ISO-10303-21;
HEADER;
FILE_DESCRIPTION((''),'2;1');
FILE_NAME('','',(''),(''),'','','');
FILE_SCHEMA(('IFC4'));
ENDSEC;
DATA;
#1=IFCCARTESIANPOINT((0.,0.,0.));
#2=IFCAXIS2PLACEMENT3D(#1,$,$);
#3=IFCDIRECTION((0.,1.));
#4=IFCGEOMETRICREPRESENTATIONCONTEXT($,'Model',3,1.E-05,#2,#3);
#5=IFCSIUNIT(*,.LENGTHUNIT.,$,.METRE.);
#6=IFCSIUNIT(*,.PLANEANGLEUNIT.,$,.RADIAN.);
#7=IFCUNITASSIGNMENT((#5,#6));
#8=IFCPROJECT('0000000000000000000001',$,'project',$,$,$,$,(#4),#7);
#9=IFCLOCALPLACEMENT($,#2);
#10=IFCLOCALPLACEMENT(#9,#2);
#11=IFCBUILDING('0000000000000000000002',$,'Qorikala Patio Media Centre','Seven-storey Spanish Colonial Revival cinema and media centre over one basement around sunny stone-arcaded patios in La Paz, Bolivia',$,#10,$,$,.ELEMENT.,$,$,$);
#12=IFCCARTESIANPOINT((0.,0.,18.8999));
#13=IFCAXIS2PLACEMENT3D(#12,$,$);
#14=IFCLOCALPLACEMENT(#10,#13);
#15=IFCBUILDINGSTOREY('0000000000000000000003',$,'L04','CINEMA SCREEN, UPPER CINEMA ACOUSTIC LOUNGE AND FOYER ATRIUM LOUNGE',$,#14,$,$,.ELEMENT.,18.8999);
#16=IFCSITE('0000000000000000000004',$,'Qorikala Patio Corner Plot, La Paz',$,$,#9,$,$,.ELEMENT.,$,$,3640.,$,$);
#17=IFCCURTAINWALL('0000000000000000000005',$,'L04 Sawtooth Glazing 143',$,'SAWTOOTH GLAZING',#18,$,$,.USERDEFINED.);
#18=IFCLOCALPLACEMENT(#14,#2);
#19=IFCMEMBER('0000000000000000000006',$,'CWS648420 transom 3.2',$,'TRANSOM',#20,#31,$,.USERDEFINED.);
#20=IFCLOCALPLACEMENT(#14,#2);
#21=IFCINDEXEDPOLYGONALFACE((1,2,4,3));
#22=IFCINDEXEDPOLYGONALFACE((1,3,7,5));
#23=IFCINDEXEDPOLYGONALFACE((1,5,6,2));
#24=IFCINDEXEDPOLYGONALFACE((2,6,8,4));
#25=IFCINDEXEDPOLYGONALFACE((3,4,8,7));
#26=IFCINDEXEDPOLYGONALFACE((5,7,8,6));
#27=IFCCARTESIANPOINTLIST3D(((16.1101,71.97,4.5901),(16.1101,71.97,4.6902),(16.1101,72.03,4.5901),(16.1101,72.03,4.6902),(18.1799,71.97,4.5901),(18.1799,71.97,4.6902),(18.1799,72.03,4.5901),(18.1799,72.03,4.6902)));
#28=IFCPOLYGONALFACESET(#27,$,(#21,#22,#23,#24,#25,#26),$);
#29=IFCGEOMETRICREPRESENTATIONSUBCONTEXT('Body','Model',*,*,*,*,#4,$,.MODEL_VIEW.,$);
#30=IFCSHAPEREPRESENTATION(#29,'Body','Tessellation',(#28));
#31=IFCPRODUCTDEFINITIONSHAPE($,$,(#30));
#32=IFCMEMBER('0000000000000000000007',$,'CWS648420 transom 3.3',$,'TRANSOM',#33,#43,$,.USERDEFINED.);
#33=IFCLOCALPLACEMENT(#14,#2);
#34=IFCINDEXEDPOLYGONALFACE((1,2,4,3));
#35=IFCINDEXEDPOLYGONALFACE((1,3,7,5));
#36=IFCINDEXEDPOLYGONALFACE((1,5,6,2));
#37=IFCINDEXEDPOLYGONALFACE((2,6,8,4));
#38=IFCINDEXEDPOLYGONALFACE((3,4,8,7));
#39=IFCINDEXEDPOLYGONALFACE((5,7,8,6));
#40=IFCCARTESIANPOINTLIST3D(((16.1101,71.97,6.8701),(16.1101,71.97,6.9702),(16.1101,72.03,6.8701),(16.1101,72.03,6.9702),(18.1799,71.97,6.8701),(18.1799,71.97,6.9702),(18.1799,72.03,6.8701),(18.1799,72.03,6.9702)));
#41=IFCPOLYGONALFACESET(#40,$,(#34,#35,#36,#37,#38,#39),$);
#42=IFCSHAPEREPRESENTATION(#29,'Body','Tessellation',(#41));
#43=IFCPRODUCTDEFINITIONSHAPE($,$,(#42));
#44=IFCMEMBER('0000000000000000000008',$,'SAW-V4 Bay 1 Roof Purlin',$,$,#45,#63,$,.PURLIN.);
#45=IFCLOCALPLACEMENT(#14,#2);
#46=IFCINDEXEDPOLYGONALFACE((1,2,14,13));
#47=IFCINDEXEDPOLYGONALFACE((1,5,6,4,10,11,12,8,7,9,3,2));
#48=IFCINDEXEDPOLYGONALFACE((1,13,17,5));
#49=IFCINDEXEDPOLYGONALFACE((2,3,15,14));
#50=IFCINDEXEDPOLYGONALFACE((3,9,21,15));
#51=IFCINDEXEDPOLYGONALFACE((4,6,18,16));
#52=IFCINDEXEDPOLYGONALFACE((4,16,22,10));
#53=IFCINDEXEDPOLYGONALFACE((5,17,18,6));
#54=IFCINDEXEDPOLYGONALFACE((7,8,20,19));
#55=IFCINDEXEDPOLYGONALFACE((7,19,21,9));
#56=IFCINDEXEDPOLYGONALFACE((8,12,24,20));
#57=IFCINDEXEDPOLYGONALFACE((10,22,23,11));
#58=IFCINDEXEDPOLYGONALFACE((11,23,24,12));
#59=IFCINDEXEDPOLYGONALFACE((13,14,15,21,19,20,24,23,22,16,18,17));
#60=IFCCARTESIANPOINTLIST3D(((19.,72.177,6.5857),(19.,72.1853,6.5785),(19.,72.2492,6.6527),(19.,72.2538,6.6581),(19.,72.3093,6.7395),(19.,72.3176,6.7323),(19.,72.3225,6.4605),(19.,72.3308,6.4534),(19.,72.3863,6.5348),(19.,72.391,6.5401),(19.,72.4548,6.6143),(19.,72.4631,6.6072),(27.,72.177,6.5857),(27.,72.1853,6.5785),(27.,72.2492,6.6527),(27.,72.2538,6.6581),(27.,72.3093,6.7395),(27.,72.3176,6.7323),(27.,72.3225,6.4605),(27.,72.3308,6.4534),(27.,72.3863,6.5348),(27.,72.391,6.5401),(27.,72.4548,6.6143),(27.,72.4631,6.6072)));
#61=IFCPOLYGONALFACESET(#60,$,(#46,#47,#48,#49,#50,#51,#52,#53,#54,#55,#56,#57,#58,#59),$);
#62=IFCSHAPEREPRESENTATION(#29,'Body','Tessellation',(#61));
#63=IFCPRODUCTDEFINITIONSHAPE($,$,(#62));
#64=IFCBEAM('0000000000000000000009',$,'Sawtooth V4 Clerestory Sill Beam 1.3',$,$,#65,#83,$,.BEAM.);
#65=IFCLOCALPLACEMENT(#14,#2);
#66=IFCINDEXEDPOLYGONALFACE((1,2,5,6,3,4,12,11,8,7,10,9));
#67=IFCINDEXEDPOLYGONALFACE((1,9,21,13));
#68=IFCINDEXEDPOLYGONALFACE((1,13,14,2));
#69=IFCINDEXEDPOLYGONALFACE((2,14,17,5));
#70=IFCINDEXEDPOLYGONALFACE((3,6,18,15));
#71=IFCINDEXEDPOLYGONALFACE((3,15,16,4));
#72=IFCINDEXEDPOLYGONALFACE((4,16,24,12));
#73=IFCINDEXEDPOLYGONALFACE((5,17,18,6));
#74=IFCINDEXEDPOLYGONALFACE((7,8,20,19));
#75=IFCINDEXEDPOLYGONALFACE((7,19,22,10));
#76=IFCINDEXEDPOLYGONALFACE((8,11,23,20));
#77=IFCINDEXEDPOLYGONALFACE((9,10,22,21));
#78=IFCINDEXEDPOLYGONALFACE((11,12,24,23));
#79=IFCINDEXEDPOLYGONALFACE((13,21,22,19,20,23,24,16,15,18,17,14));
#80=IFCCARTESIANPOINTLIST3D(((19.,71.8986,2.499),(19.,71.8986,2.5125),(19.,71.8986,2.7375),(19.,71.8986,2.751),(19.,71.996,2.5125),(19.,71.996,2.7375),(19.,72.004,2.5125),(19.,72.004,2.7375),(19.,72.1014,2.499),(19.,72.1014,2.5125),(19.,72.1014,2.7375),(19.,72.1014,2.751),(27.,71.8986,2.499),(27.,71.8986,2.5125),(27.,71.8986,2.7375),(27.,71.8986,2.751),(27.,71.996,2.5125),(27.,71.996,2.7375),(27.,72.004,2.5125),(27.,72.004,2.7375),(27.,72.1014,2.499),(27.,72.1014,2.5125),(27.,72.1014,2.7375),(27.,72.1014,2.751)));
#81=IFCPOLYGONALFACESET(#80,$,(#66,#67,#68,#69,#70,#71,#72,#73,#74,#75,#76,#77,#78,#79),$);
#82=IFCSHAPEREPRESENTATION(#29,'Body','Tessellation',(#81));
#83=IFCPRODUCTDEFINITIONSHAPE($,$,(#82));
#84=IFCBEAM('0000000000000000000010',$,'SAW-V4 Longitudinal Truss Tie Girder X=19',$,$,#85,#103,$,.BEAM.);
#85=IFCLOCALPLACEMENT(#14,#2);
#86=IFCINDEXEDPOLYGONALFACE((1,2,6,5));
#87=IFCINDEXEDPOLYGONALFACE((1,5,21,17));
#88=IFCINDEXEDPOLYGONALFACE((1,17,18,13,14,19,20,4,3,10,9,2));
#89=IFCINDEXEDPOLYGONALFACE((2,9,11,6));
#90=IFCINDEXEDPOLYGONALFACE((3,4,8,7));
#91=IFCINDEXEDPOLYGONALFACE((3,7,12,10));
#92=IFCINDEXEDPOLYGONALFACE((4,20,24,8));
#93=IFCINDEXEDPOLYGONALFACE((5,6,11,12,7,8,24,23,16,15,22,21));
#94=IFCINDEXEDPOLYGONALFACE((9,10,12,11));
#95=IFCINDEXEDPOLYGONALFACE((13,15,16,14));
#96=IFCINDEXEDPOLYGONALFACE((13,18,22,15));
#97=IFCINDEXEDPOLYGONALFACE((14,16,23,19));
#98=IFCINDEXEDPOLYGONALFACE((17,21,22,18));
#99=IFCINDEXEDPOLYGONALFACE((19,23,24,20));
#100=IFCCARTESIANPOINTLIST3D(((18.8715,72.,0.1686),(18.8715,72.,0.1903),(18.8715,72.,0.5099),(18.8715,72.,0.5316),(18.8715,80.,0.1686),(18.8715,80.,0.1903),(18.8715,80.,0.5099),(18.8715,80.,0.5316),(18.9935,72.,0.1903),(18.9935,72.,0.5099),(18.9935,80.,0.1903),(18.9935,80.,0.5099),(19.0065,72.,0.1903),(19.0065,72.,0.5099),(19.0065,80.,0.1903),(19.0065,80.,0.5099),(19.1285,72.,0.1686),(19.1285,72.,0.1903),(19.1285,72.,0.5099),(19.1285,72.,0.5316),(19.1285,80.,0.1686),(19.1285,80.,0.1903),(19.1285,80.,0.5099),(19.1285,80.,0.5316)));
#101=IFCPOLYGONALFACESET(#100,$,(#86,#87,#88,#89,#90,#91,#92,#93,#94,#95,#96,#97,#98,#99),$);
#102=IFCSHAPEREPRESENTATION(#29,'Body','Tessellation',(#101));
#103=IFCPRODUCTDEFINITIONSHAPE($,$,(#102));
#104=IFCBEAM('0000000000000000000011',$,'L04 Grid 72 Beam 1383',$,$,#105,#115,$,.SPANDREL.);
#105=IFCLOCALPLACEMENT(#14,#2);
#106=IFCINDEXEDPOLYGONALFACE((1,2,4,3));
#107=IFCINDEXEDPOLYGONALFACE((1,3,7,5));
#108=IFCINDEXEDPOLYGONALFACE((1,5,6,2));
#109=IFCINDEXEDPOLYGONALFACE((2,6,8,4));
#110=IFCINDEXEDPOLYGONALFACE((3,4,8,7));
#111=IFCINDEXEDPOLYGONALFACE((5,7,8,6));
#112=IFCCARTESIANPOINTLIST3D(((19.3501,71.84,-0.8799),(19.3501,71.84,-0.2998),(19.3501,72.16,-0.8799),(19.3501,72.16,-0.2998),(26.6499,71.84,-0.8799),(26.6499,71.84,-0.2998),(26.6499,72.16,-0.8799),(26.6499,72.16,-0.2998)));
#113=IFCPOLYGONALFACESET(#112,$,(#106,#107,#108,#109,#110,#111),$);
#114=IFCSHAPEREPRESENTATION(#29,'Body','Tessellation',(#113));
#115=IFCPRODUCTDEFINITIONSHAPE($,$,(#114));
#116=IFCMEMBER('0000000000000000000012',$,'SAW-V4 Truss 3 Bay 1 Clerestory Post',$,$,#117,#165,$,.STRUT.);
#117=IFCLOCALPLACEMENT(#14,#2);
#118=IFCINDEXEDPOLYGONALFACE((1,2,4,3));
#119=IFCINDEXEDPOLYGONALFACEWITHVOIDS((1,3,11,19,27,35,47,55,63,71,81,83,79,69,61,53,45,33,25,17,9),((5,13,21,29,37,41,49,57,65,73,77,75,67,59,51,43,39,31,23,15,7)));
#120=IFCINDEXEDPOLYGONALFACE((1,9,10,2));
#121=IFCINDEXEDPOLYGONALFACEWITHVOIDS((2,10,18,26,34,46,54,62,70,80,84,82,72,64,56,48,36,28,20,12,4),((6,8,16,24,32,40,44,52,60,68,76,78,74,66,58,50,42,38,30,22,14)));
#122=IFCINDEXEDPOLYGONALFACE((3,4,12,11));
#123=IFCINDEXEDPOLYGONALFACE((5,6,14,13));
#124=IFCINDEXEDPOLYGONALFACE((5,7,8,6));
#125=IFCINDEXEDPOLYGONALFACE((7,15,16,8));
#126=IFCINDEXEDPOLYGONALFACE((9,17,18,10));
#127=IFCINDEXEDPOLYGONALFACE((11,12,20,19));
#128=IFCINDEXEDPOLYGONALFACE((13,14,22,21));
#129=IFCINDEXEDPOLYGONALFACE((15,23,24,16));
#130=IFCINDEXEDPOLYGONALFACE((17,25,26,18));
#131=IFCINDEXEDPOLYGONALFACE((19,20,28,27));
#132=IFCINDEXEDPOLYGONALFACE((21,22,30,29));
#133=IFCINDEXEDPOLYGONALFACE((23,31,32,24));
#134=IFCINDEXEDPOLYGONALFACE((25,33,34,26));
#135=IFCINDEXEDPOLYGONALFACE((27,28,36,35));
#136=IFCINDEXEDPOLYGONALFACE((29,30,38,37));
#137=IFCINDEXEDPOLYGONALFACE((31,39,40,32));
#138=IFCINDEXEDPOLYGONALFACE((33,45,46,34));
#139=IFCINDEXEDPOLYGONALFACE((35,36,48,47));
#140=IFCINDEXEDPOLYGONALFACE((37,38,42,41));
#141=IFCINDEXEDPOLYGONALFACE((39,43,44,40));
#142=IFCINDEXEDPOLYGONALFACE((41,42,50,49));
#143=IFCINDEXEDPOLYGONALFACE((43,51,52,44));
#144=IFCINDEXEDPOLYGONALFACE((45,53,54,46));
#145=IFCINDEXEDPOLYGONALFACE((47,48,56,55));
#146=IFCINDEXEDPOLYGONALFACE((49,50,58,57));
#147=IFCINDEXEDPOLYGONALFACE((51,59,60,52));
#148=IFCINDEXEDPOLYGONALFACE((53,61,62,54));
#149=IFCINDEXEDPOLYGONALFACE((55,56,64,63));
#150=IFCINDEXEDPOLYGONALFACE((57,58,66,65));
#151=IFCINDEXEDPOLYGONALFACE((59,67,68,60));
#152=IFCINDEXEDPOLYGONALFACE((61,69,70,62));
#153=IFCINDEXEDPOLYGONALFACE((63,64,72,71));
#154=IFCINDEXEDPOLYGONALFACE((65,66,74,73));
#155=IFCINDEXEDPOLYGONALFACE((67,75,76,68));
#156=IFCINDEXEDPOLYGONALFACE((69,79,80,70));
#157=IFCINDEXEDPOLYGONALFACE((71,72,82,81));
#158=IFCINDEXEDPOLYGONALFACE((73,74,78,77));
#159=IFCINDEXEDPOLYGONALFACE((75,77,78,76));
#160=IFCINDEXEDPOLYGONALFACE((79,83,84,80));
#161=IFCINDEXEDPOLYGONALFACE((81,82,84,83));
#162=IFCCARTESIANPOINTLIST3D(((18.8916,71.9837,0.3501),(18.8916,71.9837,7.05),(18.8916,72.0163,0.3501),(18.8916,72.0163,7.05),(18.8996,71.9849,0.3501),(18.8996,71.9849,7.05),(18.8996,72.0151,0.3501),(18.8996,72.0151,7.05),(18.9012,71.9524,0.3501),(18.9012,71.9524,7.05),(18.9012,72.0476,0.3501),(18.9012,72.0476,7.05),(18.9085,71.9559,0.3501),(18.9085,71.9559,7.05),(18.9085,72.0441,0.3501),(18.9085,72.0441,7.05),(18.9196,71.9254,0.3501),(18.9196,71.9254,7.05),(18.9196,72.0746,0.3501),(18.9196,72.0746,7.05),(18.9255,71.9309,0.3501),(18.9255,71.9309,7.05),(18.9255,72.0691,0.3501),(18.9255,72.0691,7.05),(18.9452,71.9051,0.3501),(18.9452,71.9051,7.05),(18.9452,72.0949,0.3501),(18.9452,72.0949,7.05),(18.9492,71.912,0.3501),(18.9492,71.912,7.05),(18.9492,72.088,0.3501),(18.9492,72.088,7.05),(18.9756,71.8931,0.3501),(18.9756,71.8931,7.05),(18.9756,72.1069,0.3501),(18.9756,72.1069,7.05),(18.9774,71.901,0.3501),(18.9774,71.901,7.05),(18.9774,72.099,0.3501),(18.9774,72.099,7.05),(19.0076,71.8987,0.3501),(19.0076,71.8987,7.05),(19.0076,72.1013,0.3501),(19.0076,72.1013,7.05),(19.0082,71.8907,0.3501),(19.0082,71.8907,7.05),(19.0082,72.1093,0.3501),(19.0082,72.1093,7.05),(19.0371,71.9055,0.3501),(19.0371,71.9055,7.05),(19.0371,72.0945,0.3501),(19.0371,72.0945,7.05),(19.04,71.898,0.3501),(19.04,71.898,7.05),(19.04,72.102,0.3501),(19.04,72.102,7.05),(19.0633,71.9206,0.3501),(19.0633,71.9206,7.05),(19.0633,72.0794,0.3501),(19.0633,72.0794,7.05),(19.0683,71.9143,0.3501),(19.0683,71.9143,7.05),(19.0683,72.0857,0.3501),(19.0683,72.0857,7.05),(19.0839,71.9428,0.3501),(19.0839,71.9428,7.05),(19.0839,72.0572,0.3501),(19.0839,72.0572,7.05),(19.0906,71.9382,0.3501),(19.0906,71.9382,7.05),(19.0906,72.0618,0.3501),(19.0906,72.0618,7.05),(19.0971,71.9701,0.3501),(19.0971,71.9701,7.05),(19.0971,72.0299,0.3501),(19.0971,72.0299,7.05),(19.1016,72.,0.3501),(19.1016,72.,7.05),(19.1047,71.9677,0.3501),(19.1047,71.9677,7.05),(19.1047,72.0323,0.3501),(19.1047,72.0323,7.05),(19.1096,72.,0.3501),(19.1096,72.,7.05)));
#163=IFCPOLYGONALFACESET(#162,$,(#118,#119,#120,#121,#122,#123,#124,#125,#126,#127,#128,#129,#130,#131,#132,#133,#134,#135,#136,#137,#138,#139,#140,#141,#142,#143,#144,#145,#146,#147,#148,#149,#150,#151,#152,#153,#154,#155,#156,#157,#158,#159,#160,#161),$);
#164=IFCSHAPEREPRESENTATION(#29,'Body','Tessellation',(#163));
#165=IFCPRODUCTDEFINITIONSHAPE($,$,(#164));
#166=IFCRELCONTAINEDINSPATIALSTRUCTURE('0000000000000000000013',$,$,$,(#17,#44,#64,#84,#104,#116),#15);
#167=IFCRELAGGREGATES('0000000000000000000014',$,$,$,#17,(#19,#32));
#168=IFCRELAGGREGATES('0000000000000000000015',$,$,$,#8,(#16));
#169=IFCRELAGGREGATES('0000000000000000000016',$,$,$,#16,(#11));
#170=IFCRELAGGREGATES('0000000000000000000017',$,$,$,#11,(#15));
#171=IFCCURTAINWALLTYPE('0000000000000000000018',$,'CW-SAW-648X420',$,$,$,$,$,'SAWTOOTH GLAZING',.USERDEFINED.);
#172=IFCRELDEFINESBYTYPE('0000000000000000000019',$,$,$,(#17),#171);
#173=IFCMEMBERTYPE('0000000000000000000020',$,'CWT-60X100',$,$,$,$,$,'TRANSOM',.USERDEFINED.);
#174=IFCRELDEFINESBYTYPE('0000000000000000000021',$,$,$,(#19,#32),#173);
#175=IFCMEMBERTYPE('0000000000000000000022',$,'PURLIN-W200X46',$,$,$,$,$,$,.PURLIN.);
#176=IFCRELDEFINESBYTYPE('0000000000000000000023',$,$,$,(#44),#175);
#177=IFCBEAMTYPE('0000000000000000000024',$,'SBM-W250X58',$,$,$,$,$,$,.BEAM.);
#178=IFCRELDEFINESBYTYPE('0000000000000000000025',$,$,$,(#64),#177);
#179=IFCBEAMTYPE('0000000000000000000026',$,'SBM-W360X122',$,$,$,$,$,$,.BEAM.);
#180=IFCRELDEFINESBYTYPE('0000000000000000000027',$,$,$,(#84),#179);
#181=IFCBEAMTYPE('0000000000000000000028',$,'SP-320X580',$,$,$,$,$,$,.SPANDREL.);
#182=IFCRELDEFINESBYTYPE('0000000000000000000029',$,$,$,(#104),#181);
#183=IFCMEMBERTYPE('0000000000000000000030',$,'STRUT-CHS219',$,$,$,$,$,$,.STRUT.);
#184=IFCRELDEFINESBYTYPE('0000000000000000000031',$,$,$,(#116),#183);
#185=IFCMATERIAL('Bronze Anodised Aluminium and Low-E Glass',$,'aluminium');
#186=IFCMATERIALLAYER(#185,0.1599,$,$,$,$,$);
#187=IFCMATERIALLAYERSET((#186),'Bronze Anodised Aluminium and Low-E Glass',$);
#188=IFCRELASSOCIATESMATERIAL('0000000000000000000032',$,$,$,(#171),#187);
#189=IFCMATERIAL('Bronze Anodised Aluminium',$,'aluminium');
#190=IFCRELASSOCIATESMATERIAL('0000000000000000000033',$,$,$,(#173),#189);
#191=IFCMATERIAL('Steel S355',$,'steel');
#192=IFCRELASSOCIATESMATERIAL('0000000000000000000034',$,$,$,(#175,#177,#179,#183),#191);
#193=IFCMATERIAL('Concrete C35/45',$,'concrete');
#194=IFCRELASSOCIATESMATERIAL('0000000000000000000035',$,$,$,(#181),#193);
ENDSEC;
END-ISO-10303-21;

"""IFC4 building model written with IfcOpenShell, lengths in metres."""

from ifc_helpers import new_model, si_unit, direction, frame, origin, origin_2d, place, context, subcontext, project, spatial, rectangle, hollow_circle, i_section, extrude, material, layer, layer_set, material_profile, profile_set, type_object, element, aggregate, save


model = new_model("IFC4")

# Units and contexts
model_context = context("Model", 3, precision=1e-05, world=origin(), true_north=direction((0.0, 1.0)))
body_context = subcontext(model_context, "Body", "Model", "MODEL_VIEW")
ifc_project = project(units=[si_unit("LENGTHUNIT", "METRE"), si_unit("PLANEANGLEUNIT", "RADIAN")], contexts=[model_context])

# Site, building, storey
site_placement = place(None, origin())
site = spatial("IfcSite", under=ifc_project, at=site_placement, Name="Qorikala Patio Corner Plot, La Paz", CompositionType="ELEMENT", RefElevation=3640.0)
building_placement = place(site_placement, origin())
building = spatial("IfcBuilding", under=site, at=building_placement, Name="Qorikala Patio Media Centre", Description="Seven-storey Spanish Colonial Revival cinema and media centre over one basement around sunny stone-arcaded patios in La Paz, Bolivia", CompositionType="ELEMENT")
storey_placement = place(building_placement, frame((0.0, 0.0, 18.8999)))
storey = spatial("IfcBuildingStorey", under=building, at=storey_placement, Name="L04", Description="CINEMA SCREEN, UPPER CINEMA ACOUSTIC LOUNGE AND FOYER ATRIUM LOUNGE", CompositionType="ELEMENT", Elevation=18.8999)

# Shared definitions
ifc_material_1 = material(Name="Concrete C35/45", Category="concrete")

# Shared definitions
ifc_material_2 = material(Name="Steel S355", Category="steel")

# Curtain wall
ifc_material_3 = material(Name="Bronze Anodised Aluminium and Low-E Glass", Category="aluminium")
ifc_layer_1 = layer(ifc_material_3, 0.1599)
ifc_layer_set_1 = layer_set([ifc_layer_1], Name="Bronze Anodised Aluminium and Low-E Glass")
curtain_wall_type_1 = type_object("IfcCurtainWallType", Name="CW-SAW-648X420", ElementType="SAWTOOTH GLAZING", PredefinedType="USERDEFINED", material=ifc_layer_set_1)
curtain_wall_1_placement = place(storey_placement, origin())
curtain_wall_1 = element("IfcCurtainWall", 1, at=curtain_wall_1_placement, inside=storey, type_object=curtain_wall_type_1, Name="L04 Sawtooth Glazing 143", ObjectType="SAWTOOTH GLAZING", PredefinedType="USERDEFINED")
ifc_material_4 = material(Name="Bronze Anodised Aluminium", Category="aluminium")

# Members
ifc_material_profile_1 = material_profile(ifc_material_4, rectangle(XDim=0.0601, YDim=0.1001, at=origin_2d()), Name="ALU TRANSOM 60x100")
ifc_profile_set_1 = profile_set([ifc_material_profile_1], Name="Bronze Anodised Aluminium")
member_type_1 = type_object("IfcMemberType", Name="CWT-60X100", ElementType="TRANSOM", PredefinedType="USERDEFINED", material=ifc_profile_set_1)
member_1_placement = place(storey_placement, frame((16.1101, 72.0, 4.6401), z_axis=(1.0, 0.0, 0.0), x_axis=(0.0, 1.0, 0.0)))
member_1 = element("IfcMember", 2, at=member_1_placement, type_object=member_type_1, Name="CWS648420 transom 3.2", ObjectType="TRANSOM", PredefinedType="USERDEFINED", context=body_context, shape_type="SweptSolid", body=[
    extrude(rectangle(XDim=0.0601, YDim=0.1001, at=origin_2d()), origin(), (0.0, 0.0, 1.0), 2.0698),
])
member_2_placement = place(storey_placement, frame((16.1101, 72.0, 6.9202), z_axis=(1.0, 0.0, 0.0), x_axis=(0.0, 1.0, 0.0)))
member_2 = element("IfcMember", 3, at=member_2_placement, type_object=member_type_1, Name="CWS648420 transom 3.3", ObjectType="TRANSOM", PredefinedType="USERDEFINED", context=body_context, shape_type="SweptSolid", body=[
    extrude(rectangle(XDim=0.0601, YDim=0.1001, at=origin_2d()), origin(), (0.0, 0.0, 1.0), 2.0698),
])
ifc_material_profile_2 = material_profile(ifc_material_2, i_section(OverallWidth=0.2029, OverallDepth=0.2029, WebThickness=0.0071, FlangeThickness=0.011, at=origin_2d()), Name="W200X46")
ifc_profile_set_2 = profile_set([ifc_material_profile_2], Name="Steel S355")
member_type_2 = type_object("IfcMemberType", Name="PURLIN-W200X46", PredefinedType="PURLIN", material=ifc_profile_set_2)
member_3_placement = place(storey_placement, frame((19.0, 72.3201, 6.5964), z_axis=(1.0, 0.0, 0.0), x_axis=(0.0, 0.652138, 0.7581)))
element("IfcMember", 4, at=member_3_placement, inside=storey, type_object=member_type_2, Name="SAW-V4 Bay 1 Roof Purlin", PredefinedType="PURLIN", context=body_context, shape_type="SweptSolid", body=[
    extrude(i_section(OverallWidth=0.2029, OverallDepth=0.2029, WebThickness=0.0071, FlangeThickness=0.011, at=origin_2d()), origin(), (0.0, 0.0, 1.0), 8.0),
])

# Beams
ifc_material_profile_3 = material_profile(ifc_material_2, i_section(OverallWidth=0.2029, OverallDepth=0.252, WebThickness=0.0081, FlangeThickness=0.0134, at=origin_2d()), Name="W250X58")
ifc_profile_set_3 = profile_set([ifc_material_profile_3], Name="Steel S355")
beam_type_1 = type_object("IfcBeamType", Name="SBM-W250X58", PredefinedType="BEAM", material=ifc_profile_set_3)
beam_1_placement = place(storey_placement, frame((19.0, 72.0, 2.625), z_axis=(1.0, 0.0, 0.0), x_axis=(0.0, 1.0, 0.0)))
element("IfcBeam", 5, at=beam_1_placement, inside=storey, type_object=beam_type_1, Name="Sawtooth V4 Clerestory Sill Beam 1.3", PredefinedType="BEAM", context=body_context, shape_type="SweptSolid", body=[
    extrude(i_section(OverallWidth=0.2029, OverallDepth=0.252, WebThickness=0.0081, FlangeThickness=0.0134, at=origin_2d()), origin(), (0.0, 0.0, 1.0), 8.0),
])
ifc_material_profile_4 = material_profile(ifc_material_2, i_section(OverallWidth=0.2571, OverallDepth=0.363, WebThickness=0.0129, FlangeThickness=0.0217, at=origin_2d()), Name="W360X122")
ifc_profile_set_4 = profile_set([ifc_material_profile_4], Name="Steel S355")
beam_type_2 = type_object("IfcBeamType", Name="SBM-W360X122", PredefinedType="BEAM", material=ifc_profile_set_4)
beam_2_placement = place(storey_placement, frame((19.0, 72.0, 0.3501), z_axis=(0.0, 1.0, 0.0), x_axis=(-1.0, 0.0, 0.0)))
element("IfcBeam", 6, at=beam_2_placement, inside=storey, type_object=beam_type_2, Name="SAW-V4 Longitudinal Truss Tie Girder X=19", PredefinedType="BEAM", context=body_context, shape_type="SweptSolid", body=[
    extrude(i_section(OverallWidth=0.2571, OverallDepth=0.363, WebThickness=0.0129, FlangeThickness=0.0217, at=origin_2d()), origin(), (0.0, 0.0, 1.0), 8.0),
])
ifc_material_profile_5 = material_profile(ifc_material_1, rectangle(XDim=0.3201, YDim=0.5801, at=origin_2d()), Name="RC 320x580")
ifc_profile_set_5 = profile_set([ifc_material_profile_5], Name="Concrete C35/45")
beam_type_3 = type_object("IfcBeamType", Name="SP-320X580", PredefinedType="SPANDREL", material=ifc_profile_set_5)
beam_3_placement = place(storey_placement, frame((19.3501, 72.0, -0.5898), z_axis=(1.0, 0.0, 0.0), x_axis=(0.0, 1.0, 0.0)))
element("IfcBeam", 7, at=beam_3_placement, inside=storey, type_object=beam_type_3, Name="L04 Grid 72 Beam 1383", PredefinedType="SPANDREL", context=body_context, shape_type="SweptSolid", body=[
    extrude(rectangle(XDim=0.3201, YDim=0.5801, at=origin_2d()), origin(), (0.0, 0.0, 1.0), 7.2998),
])

# Member
ifc_material_profile_6 = material_profile(ifc_material_2, hollow_circle(Radius=0.1096, WallThickness=0.0081, at=origin_2d()), Name="CHS219X8")
ifc_profile_set_6 = profile_set([ifc_material_profile_6], Name="Steel S355")
member_type_3 = type_object("IfcMemberType", Name="STRUT-CHS219", PredefinedType="STRUT", material=ifc_profile_set_6)
member_4_placement = place(storey_placement, frame((19.0, 72.0, 0.3501), z_axis=(0.0, 0.0, 1.0), x_axis=(1.0, 0.0, 0.0)))
element("IfcMember", 8, at=member_4_placement, inside=storey, type_object=member_type_3, Name="SAW-V4 Truss 3 Bay 1 Clerestory Post", PredefinedType="STRUT", context=body_context, shape_type="SweptSolid", body=[
    extrude(hollow_circle(Radius=0.1096, WallThickness=0.0081, at=origin_2d()), origin(), (0.0, 0.0, 1.0), 6.7),
])

aggregate(curtain_wall_1, [member_1, member_2])

save(model, "model.ifc")
